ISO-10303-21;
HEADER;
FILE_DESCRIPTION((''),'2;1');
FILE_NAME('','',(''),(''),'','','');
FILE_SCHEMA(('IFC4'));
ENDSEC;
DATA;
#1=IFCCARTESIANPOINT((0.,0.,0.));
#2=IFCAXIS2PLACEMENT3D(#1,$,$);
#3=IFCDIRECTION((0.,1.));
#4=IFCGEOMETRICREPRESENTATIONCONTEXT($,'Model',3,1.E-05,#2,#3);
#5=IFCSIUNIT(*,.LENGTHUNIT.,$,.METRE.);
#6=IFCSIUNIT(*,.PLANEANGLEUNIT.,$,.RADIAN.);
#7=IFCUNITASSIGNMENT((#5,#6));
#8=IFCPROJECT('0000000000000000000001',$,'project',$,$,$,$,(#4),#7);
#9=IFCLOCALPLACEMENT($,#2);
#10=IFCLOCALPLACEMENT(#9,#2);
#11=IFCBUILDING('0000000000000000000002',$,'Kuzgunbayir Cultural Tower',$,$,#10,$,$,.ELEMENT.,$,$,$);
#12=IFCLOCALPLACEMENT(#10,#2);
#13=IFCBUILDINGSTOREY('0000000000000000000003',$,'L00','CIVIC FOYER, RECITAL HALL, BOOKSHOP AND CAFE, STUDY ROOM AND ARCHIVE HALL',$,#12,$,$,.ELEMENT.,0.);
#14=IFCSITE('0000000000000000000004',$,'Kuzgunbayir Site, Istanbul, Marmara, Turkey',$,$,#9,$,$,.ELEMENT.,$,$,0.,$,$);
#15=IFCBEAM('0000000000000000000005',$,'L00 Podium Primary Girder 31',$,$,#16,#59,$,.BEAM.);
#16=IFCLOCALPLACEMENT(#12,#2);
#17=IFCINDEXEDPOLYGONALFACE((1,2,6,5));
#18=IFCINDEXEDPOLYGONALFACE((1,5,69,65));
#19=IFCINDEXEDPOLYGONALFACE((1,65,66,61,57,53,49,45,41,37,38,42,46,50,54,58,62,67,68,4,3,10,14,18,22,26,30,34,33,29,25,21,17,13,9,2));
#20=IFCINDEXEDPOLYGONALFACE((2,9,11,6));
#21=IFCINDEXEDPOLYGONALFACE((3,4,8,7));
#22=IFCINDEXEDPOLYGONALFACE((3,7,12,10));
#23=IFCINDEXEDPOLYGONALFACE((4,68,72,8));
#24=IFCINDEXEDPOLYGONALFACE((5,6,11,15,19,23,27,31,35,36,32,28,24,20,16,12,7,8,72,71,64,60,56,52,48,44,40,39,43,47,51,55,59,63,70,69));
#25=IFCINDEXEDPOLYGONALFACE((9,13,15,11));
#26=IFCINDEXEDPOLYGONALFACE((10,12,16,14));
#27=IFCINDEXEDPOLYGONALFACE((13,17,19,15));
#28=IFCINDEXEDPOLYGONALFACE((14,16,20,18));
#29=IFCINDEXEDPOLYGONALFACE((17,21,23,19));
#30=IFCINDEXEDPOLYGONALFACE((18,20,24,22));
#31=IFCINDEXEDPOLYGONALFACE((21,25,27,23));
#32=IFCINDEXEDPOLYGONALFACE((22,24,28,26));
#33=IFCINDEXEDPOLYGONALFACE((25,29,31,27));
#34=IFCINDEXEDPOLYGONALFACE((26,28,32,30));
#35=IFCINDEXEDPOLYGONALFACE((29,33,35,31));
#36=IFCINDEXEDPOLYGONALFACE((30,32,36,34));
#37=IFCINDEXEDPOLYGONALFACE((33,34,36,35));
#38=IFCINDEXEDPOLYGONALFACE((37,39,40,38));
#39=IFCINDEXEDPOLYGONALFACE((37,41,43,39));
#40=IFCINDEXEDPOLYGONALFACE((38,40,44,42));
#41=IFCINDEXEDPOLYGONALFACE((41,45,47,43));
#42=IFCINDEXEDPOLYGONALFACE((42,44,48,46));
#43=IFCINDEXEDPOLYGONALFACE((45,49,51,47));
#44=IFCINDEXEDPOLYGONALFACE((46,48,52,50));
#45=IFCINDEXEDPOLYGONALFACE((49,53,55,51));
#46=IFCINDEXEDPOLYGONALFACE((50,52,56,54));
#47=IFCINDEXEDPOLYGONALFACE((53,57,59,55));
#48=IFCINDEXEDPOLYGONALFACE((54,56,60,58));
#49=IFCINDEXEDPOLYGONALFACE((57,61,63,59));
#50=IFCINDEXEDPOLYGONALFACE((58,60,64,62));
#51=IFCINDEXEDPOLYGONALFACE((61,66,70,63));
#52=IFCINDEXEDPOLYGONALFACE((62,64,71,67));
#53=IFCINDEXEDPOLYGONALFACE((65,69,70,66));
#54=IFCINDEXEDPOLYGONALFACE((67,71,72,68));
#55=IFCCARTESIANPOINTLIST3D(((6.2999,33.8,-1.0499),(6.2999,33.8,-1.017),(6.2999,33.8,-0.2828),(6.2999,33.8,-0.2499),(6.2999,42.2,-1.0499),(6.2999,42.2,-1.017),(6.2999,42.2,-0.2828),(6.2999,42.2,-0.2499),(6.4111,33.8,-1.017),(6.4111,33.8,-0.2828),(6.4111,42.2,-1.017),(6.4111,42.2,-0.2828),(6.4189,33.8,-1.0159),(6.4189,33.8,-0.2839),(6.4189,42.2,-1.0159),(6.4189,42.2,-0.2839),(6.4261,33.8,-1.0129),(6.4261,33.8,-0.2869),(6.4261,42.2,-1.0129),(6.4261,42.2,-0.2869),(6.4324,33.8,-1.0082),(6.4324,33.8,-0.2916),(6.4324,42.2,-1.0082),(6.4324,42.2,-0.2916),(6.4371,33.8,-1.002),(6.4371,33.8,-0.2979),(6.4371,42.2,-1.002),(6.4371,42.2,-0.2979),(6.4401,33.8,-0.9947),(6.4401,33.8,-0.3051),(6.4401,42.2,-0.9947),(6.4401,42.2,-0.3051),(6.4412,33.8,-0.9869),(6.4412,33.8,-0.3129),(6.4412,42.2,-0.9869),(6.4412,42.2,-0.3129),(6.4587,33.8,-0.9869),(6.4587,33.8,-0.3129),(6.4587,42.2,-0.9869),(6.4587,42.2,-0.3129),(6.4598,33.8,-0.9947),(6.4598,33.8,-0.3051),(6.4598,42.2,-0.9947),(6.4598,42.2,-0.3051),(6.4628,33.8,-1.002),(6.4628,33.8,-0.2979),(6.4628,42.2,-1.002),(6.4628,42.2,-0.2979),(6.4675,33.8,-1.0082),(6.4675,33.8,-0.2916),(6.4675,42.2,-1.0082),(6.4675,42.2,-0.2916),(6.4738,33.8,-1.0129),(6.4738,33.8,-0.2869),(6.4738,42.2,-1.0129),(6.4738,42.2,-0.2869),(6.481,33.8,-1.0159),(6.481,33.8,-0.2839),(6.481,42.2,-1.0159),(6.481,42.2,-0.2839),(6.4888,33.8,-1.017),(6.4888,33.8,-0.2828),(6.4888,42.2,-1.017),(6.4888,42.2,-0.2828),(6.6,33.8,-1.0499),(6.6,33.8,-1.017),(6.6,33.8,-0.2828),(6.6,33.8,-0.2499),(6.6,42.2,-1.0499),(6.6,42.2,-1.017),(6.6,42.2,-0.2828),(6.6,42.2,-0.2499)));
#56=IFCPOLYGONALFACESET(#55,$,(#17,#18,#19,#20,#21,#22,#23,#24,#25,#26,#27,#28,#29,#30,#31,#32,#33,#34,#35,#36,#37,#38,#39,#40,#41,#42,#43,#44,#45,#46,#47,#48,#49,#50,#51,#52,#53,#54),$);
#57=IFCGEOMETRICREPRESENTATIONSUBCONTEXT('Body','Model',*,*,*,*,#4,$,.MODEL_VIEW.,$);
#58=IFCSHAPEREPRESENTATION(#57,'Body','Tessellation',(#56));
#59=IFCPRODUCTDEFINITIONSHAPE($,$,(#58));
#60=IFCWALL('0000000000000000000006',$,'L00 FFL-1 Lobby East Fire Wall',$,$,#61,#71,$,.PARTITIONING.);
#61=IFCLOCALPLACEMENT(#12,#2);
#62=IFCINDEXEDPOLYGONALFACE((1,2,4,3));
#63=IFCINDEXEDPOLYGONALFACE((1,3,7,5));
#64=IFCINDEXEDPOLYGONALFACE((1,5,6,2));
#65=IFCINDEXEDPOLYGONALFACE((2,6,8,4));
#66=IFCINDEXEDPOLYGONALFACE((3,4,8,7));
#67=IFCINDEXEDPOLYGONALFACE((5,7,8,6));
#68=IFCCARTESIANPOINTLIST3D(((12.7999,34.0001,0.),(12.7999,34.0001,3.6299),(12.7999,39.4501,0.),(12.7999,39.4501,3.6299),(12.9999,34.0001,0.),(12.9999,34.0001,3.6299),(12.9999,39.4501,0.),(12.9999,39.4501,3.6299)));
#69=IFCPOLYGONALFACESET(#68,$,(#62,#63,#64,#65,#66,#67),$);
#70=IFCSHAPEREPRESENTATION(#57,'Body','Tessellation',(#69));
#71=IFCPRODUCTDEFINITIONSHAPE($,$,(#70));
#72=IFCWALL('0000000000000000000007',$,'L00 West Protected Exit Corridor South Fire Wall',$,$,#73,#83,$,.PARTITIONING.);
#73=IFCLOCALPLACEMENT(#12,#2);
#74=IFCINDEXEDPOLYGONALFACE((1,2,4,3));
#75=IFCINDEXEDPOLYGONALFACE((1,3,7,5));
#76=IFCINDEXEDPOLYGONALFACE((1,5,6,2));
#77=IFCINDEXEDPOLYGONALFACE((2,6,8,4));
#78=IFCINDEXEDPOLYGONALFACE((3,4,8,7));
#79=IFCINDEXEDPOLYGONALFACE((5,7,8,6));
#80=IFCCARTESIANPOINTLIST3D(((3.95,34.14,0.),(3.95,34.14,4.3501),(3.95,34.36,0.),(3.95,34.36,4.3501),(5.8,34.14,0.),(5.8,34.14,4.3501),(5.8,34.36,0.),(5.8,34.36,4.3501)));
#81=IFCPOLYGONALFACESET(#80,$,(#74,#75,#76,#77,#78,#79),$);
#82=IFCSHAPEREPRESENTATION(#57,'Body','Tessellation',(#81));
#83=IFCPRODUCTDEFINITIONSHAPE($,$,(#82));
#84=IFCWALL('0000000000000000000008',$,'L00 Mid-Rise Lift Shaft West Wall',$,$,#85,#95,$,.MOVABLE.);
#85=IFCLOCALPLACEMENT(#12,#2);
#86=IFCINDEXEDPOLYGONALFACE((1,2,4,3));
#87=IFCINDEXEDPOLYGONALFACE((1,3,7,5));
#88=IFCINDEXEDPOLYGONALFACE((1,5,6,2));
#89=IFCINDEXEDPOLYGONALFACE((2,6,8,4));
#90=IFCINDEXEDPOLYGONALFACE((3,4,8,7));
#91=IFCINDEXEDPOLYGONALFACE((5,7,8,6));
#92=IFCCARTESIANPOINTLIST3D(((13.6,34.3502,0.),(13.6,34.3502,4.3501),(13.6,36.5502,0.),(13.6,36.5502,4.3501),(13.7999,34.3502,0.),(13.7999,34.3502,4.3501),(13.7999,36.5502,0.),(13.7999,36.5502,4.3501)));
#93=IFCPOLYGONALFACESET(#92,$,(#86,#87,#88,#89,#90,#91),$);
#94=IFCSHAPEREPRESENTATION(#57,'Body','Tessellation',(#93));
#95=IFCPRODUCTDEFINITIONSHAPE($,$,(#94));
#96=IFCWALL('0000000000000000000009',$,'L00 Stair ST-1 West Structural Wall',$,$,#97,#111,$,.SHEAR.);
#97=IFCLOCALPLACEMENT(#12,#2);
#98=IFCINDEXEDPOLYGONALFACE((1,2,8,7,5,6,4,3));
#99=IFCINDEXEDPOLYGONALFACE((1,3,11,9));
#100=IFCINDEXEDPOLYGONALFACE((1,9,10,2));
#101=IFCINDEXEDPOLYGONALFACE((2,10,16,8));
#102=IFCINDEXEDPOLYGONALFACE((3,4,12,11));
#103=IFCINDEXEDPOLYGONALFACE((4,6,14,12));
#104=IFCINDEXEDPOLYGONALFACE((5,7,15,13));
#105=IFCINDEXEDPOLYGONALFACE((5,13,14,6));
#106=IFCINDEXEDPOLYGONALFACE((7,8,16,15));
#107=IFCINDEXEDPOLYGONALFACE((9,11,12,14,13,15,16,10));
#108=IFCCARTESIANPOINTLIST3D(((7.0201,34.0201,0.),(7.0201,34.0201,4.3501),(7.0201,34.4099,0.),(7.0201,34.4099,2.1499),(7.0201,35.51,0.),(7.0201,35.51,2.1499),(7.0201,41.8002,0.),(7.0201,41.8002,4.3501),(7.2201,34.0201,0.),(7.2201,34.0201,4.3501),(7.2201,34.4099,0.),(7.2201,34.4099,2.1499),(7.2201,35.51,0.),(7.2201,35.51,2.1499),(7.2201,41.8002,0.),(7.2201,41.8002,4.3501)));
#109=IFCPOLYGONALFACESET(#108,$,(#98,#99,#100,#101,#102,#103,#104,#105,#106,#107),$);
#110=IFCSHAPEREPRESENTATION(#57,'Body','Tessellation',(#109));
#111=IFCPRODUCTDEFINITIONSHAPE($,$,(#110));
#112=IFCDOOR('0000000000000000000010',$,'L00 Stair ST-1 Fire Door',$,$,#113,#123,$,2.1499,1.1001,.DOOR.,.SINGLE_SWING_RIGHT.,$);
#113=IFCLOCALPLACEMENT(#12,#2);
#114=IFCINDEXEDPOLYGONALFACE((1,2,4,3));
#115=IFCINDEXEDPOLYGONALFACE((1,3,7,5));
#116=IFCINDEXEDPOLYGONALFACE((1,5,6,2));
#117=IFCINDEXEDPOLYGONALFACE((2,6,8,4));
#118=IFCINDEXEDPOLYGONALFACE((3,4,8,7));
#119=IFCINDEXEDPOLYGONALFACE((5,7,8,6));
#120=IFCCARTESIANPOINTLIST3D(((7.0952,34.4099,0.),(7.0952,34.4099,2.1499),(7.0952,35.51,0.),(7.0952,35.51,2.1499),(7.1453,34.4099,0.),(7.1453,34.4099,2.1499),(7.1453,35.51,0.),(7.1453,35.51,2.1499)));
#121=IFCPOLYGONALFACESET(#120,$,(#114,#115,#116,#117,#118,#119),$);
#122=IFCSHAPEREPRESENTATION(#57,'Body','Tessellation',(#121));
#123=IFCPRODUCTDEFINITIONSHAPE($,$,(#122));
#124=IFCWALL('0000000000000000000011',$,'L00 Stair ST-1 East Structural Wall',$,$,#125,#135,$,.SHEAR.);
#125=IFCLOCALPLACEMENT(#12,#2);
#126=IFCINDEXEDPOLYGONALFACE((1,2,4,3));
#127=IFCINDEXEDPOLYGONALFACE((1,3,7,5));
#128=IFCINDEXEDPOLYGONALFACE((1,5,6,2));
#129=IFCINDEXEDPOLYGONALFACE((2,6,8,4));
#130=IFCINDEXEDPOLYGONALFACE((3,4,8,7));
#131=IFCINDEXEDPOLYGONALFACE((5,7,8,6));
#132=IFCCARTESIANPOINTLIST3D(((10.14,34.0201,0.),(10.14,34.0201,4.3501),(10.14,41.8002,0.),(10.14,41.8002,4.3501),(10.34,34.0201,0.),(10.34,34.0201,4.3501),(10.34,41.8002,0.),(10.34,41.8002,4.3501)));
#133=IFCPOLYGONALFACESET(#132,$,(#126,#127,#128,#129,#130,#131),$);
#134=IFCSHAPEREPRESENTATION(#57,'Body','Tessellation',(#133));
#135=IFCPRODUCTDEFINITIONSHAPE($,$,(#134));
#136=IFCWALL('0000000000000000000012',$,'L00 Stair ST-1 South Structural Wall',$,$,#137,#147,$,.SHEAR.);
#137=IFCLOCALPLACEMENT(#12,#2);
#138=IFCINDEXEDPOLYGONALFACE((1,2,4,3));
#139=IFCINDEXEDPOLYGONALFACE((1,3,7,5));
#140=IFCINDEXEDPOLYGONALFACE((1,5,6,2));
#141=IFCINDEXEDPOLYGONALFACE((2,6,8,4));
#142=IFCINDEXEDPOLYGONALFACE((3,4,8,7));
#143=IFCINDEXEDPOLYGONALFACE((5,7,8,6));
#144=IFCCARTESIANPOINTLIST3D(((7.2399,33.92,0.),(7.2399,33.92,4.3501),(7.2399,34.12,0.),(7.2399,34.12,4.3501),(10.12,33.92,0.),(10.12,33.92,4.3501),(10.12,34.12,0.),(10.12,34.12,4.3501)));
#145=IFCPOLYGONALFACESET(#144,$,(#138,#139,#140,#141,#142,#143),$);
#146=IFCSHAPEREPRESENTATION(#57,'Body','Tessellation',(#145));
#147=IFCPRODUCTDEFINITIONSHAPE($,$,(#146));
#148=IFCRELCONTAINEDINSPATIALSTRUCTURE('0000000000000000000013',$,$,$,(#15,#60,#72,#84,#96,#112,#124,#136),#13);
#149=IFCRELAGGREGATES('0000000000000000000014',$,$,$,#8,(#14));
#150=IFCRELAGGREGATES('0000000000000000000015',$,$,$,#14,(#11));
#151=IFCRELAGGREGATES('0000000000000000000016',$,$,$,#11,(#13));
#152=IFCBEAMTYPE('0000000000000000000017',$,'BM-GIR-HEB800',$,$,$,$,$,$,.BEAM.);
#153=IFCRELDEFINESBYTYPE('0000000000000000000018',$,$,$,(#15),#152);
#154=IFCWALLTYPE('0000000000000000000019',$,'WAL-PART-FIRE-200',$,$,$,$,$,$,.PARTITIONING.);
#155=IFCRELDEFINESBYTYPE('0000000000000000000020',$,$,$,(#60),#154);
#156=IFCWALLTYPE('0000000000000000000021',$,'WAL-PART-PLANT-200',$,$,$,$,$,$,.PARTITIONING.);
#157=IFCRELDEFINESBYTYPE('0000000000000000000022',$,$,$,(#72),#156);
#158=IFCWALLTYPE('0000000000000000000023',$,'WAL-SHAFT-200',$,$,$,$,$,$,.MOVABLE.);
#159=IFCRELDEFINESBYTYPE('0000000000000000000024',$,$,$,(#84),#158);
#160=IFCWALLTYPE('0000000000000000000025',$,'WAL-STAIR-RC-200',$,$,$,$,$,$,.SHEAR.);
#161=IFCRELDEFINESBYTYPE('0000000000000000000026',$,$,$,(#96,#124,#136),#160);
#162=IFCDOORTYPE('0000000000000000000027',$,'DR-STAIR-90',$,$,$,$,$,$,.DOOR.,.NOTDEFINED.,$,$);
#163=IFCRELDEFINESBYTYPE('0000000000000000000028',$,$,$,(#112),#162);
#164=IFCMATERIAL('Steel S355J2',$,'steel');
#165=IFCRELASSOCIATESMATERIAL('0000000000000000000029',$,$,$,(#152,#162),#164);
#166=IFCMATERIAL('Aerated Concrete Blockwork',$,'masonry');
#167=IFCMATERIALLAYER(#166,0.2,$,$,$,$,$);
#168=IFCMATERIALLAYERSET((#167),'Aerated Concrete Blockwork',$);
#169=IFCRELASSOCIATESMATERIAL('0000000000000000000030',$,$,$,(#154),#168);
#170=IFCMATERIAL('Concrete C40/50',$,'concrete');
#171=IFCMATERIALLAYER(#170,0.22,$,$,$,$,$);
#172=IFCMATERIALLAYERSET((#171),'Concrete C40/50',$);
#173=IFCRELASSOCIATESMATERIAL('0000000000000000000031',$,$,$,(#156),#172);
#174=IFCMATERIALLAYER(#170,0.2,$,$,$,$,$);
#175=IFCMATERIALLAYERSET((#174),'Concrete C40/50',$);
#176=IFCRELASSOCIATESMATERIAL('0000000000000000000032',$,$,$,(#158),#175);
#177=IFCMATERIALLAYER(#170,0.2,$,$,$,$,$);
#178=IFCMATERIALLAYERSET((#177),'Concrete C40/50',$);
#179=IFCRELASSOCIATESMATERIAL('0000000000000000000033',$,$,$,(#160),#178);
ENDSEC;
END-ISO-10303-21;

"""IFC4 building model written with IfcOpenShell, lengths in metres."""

from ifc_helpers import new_model, si_unit, direction, frame, frame_2d, origin, origin_2d, place, context, subcontext, project, spatial, rectangle, i_section, extrude, material, layer, layer_set, material_profile, profile_set, type_object, element, fill, save


model = new_model("IFC4")

# Units and contexts
model_context = context("Model", 3, precision=1e-05, world=origin(), true_north=direction((0.0, 1.0)))
body_context = subcontext(model_context, "Body", "Model", "MODEL_VIEW")
ifc_project = project(units=[si_unit("LENGTHUNIT", "METRE"), si_unit("PLANEANGLEUNIT", "RADIAN")], contexts=[model_context])

# Site, building, storey
site_placement = place(None, origin())
site = spatial("IfcSite", under=ifc_project, at=site_placement, Name="Kuzgunbayir Site, Istanbul, Marmara, Turkey", CompositionType="ELEMENT", RefElevation=0.0)
building_placement = place(site_placement, origin())
building = spatial("IfcBuilding", under=site, at=building_placement, Name="Kuzgunbayir Cultural Tower", CompositionType="ELEMENT")
storey_placement = place(building_placement, origin())
storey = spatial("IfcBuildingStorey", under=building, at=storey_placement, Name="L00", Description="CIVIC FOYER, RECITAL HALL, BOOKSHOP AND CAFE, STUDY ROOM AND ARCHIVE HALL", CompositionType="ELEMENT", Elevation=0.0)

# Beam
ifc_material_1 = material(Name="Steel S355J2", Category="steel")
ifc_material_profile_1 = material_profile(ifc_material_1, i_section(OverallWidth=0.3, OverallDepth=0.8, WebThickness=0.0176, FlangeThickness=0.033, FilletRadius=0.03, at=origin_2d()), Name="HEB 800")
ifc_profile_set_1 = profile_set([ifc_material_profile_1], Name="Steel S355J2")
beam_type_1 = type_object("IfcBeamType", Name="BM-GIR-HEB800", PredefinedType="BEAM", material=ifc_profile_set_1)
beam_1_placement = place(storey_placement, frame((6.45, 33.8, -0.6499), z_axis=(0.0, 1.0, 0.0), x_axis=(-1.0, 0.0, 0.0)))
element("IfcBeam", 1, at=beam_1_placement, inside=storey, type_object=beam_type_1, Name="L00 Podium Primary Girder 31", PredefinedType="BEAM", context=body_context, shape_type="SweptSolid", body=[
    extrude(i_section(OverallWidth=0.3, OverallDepth=0.8, WebThickness=0.0176, FlangeThickness=0.033, FilletRadius=0.03, at=origin_2d()), origin(), (0.0, 0.0, 1.0), 8.3999),
])

# Wall
ifc_material_2 = material(Name="Aerated Concrete Blockwork", Category="masonry")
ifc_layer_1 = layer(ifc_material_2, 0.2)
ifc_layer_set_1 = layer_set([ifc_layer_1], Name="Aerated Concrete Blockwork")
wall_type_1 = type_object("IfcWallType", Name="WAL-PART-FIRE-200", PredefinedType="PARTITIONING", material=ifc_layer_set_1)
wall_1_placement = place(storey_placement, frame((12.8999, 34.0, 0.0), z_axis=(0.0, 0.0, 1.0), x_axis=(0.0, 1.0, 0.0)))
element("IfcWall", 2, at=wall_1_placement, inside=storey, type_object=wall_type_1, Name="L00 FFL-1 Lobby East Fire Wall", PredefinedType="PARTITIONING", context=body_context, shape_type="SweptSolid", body=[
    extrude(rectangle(XDim=5.45, YDim=0.2, at=frame_2d((2.7251, 0.0))), origin(), (0.0, 0.0, 1.0), 3.6299),
])

# Wall
ifc_material_3 = material(Name="Concrete C40/50", Category="concrete")
ifc_layer_2 = layer(ifc_material_3, 0.22)
ifc_layer_set_2 = layer_set([ifc_layer_2], Name="Concrete C40/50")
wall_type_2 = type_object("IfcWallType", Name="WAL-PART-PLANT-200", PredefinedType="PARTITIONING", material=ifc_layer_set_2)
wall_2_placement = place(storey_placement, frame((3.95, 34.25, 0.0), z_axis=(0.0, 0.0, 1.0), x_axis=(1.0, 0.0, 0.0)))
element("IfcWall", 3, at=wall_2_placement, inside=storey, type_object=wall_type_2, Name="L00 West Protected Exit Corridor South Fire Wall", PredefinedType="PARTITIONING", context=body_context, shape_type="SweptSolid", body=[
    extrude(rectangle(XDim=1.8501, YDim=0.22, at=frame_2d((0.925, 0.0))), origin(), (0.0, 0.0, 1.0), 4.3501),
])

# Shared definitions
ifc_layer_3 = layer(ifc_material_3, 0.2)
ifc_layer_set_3 = layer_set([ifc_layer_3], Name="Concrete C40/50")
wall_type_3 = type_object("IfcWallType", Name="WAL-SHAFT-200", PredefinedType="MOVABLE", material=ifc_layer_set_3)

# Wall
wall_3_placement = place(storey_placement, frame((13.7, 34.3501, 0.0), z_axis=(0.0, 0.0, 1.0), x_axis=(0.0, 1.0, 0.0)))
element("IfcWall", 4, at=wall_3_placement, inside=storey, type_object=wall_type_3, Name="L00 Mid-Rise Lift Shaft West Wall", PredefinedType="MOVABLE", context=body_context, shape_type="SweptSolid", body=[
    extrude(rectangle(XDim=2.2, YDim=0.2, at=frame_2d((1.1001, 0.0))), origin(), (0.0, 0.0, 1.0), 4.3501),
])

# Wall, opening, door
ifc_layer_4 = layer(ifc_material_3, 0.2)
ifc_layer_set_4 = layer_set([ifc_layer_4], Name="Concrete C40/50")
wall_type_4 = type_object("IfcWallType", Name="WAL-STAIR-RC-200", PredefinedType="SHEAR", material=ifc_layer_set_4)
wall_4_placement = place(storey_placement, frame((7.1201, 34.02, 0.0), z_axis=(0.0, 0.0, 1.0), x_axis=(0.0, 1.0, 0.0)))
wall_4 = element("IfcWall", 5, at=wall_4_placement, inside=storey, type_object=wall_type_4, Name="L00 Stair ST-1 West Structural Wall", PredefinedType="SHEAR", context=body_context, shape_type="SweptSolid", body=[
    extrude(rectangle(XDim=7.78, YDim=0.2, at=frame_2d((3.8901, 0.0))), origin(), (0.0, 0.0, 1.0), 4.3501),
])
opening_1_placement = place(wall_4_placement, frame((0.3899, 0.0, 0.0)))
opening_1 = element("IfcOpeningElement", 6, at=opening_1_placement, cuts=wall_4, PredefinedType="OPENING", context=body_context, shape_type="SweptSolid", body=[
    extrude(rectangle(XDim=1.1001, YDim=2.1499, at=frame_2d((0.55, 1.075))), frame((0.0, 0.1099, 0.0), z_axis=(0.0, -1.0, 0.0), x_axis=(1.0, 0.0, 0.0)), (0.0, 0.0, 1.0), 0.22),
])
door_type_1 = type_object("IfcDoorType", Name="DR-STAIR-90", OperationType="NOTDEFINED", PredefinedType="DOOR", material=ifc_material_1)
door_1_placement = place(opening_1_placement, origin())
door_1 = element("IfcDoor", 7, at=door_1_placement, inside=storey, type_object=door_type_1, Name="L00 Stair ST-1 Fire Door", OperationType="SINGLE_SWING_RIGHT", OverallHeight=2.1499, OverallWidth=1.1001, PredefinedType="DOOR", context=body_context, shape_type="SweptSolid", body=[
    extrude(rectangle(XDim=1.1001, YDim=2.1499, at=frame_2d((0.55, 1.075))), frame((0.0, 0.0249, 0.0), z_axis=(0.0, -1.0, 0.0), x_axis=(1.0, 0.0, 0.0)), (0.0, 0.0, 1.0), 0.05),
])
fill(opening_1, door_1)

# Walls
wall_5_placement = place(storey_placement, frame((10.24, 34.02, 0.0), z_axis=(0.0, 0.0, 1.0), x_axis=(0.0, 1.0, 0.0)))
element("IfcWall", 8, at=wall_5_placement, inside=storey, type_object=wall_type_4, Name="L00 Stair ST-1 East Structural Wall", PredefinedType="SHEAR", context=body_context, shape_type="SweptSolid", body=[
    extrude(rectangle(XDim=7.78, YDim=0.2, at=frame_2d((3.8901, 0.0))), origin(), (0.0, 0.0, 1.0), 4.3501),
])
wall_6_placement = place(storey_placement, frame((7.24, 34.02, 0.0), z_axis=(0.0, 0.0, 1.0), x_axis=(1.0, 0.0, 0.0)))
element("IfcWall", 9, at=wall_6_placement, inside=storey, type_object=wall_type_4, Name="L00 Stair ST-1 South Structural Wall", PredefinedType="SHEAR", context=body_context, shape_type="SweptSolid", body=[
    extrude(rectangle(XDim=2.8801, YDim=0.2, at=frame_2d((1.4399, 0.0))), origin(), (0.0, 0.0, 1.0), 4.3501),
])

save(model, "model.ifc")
